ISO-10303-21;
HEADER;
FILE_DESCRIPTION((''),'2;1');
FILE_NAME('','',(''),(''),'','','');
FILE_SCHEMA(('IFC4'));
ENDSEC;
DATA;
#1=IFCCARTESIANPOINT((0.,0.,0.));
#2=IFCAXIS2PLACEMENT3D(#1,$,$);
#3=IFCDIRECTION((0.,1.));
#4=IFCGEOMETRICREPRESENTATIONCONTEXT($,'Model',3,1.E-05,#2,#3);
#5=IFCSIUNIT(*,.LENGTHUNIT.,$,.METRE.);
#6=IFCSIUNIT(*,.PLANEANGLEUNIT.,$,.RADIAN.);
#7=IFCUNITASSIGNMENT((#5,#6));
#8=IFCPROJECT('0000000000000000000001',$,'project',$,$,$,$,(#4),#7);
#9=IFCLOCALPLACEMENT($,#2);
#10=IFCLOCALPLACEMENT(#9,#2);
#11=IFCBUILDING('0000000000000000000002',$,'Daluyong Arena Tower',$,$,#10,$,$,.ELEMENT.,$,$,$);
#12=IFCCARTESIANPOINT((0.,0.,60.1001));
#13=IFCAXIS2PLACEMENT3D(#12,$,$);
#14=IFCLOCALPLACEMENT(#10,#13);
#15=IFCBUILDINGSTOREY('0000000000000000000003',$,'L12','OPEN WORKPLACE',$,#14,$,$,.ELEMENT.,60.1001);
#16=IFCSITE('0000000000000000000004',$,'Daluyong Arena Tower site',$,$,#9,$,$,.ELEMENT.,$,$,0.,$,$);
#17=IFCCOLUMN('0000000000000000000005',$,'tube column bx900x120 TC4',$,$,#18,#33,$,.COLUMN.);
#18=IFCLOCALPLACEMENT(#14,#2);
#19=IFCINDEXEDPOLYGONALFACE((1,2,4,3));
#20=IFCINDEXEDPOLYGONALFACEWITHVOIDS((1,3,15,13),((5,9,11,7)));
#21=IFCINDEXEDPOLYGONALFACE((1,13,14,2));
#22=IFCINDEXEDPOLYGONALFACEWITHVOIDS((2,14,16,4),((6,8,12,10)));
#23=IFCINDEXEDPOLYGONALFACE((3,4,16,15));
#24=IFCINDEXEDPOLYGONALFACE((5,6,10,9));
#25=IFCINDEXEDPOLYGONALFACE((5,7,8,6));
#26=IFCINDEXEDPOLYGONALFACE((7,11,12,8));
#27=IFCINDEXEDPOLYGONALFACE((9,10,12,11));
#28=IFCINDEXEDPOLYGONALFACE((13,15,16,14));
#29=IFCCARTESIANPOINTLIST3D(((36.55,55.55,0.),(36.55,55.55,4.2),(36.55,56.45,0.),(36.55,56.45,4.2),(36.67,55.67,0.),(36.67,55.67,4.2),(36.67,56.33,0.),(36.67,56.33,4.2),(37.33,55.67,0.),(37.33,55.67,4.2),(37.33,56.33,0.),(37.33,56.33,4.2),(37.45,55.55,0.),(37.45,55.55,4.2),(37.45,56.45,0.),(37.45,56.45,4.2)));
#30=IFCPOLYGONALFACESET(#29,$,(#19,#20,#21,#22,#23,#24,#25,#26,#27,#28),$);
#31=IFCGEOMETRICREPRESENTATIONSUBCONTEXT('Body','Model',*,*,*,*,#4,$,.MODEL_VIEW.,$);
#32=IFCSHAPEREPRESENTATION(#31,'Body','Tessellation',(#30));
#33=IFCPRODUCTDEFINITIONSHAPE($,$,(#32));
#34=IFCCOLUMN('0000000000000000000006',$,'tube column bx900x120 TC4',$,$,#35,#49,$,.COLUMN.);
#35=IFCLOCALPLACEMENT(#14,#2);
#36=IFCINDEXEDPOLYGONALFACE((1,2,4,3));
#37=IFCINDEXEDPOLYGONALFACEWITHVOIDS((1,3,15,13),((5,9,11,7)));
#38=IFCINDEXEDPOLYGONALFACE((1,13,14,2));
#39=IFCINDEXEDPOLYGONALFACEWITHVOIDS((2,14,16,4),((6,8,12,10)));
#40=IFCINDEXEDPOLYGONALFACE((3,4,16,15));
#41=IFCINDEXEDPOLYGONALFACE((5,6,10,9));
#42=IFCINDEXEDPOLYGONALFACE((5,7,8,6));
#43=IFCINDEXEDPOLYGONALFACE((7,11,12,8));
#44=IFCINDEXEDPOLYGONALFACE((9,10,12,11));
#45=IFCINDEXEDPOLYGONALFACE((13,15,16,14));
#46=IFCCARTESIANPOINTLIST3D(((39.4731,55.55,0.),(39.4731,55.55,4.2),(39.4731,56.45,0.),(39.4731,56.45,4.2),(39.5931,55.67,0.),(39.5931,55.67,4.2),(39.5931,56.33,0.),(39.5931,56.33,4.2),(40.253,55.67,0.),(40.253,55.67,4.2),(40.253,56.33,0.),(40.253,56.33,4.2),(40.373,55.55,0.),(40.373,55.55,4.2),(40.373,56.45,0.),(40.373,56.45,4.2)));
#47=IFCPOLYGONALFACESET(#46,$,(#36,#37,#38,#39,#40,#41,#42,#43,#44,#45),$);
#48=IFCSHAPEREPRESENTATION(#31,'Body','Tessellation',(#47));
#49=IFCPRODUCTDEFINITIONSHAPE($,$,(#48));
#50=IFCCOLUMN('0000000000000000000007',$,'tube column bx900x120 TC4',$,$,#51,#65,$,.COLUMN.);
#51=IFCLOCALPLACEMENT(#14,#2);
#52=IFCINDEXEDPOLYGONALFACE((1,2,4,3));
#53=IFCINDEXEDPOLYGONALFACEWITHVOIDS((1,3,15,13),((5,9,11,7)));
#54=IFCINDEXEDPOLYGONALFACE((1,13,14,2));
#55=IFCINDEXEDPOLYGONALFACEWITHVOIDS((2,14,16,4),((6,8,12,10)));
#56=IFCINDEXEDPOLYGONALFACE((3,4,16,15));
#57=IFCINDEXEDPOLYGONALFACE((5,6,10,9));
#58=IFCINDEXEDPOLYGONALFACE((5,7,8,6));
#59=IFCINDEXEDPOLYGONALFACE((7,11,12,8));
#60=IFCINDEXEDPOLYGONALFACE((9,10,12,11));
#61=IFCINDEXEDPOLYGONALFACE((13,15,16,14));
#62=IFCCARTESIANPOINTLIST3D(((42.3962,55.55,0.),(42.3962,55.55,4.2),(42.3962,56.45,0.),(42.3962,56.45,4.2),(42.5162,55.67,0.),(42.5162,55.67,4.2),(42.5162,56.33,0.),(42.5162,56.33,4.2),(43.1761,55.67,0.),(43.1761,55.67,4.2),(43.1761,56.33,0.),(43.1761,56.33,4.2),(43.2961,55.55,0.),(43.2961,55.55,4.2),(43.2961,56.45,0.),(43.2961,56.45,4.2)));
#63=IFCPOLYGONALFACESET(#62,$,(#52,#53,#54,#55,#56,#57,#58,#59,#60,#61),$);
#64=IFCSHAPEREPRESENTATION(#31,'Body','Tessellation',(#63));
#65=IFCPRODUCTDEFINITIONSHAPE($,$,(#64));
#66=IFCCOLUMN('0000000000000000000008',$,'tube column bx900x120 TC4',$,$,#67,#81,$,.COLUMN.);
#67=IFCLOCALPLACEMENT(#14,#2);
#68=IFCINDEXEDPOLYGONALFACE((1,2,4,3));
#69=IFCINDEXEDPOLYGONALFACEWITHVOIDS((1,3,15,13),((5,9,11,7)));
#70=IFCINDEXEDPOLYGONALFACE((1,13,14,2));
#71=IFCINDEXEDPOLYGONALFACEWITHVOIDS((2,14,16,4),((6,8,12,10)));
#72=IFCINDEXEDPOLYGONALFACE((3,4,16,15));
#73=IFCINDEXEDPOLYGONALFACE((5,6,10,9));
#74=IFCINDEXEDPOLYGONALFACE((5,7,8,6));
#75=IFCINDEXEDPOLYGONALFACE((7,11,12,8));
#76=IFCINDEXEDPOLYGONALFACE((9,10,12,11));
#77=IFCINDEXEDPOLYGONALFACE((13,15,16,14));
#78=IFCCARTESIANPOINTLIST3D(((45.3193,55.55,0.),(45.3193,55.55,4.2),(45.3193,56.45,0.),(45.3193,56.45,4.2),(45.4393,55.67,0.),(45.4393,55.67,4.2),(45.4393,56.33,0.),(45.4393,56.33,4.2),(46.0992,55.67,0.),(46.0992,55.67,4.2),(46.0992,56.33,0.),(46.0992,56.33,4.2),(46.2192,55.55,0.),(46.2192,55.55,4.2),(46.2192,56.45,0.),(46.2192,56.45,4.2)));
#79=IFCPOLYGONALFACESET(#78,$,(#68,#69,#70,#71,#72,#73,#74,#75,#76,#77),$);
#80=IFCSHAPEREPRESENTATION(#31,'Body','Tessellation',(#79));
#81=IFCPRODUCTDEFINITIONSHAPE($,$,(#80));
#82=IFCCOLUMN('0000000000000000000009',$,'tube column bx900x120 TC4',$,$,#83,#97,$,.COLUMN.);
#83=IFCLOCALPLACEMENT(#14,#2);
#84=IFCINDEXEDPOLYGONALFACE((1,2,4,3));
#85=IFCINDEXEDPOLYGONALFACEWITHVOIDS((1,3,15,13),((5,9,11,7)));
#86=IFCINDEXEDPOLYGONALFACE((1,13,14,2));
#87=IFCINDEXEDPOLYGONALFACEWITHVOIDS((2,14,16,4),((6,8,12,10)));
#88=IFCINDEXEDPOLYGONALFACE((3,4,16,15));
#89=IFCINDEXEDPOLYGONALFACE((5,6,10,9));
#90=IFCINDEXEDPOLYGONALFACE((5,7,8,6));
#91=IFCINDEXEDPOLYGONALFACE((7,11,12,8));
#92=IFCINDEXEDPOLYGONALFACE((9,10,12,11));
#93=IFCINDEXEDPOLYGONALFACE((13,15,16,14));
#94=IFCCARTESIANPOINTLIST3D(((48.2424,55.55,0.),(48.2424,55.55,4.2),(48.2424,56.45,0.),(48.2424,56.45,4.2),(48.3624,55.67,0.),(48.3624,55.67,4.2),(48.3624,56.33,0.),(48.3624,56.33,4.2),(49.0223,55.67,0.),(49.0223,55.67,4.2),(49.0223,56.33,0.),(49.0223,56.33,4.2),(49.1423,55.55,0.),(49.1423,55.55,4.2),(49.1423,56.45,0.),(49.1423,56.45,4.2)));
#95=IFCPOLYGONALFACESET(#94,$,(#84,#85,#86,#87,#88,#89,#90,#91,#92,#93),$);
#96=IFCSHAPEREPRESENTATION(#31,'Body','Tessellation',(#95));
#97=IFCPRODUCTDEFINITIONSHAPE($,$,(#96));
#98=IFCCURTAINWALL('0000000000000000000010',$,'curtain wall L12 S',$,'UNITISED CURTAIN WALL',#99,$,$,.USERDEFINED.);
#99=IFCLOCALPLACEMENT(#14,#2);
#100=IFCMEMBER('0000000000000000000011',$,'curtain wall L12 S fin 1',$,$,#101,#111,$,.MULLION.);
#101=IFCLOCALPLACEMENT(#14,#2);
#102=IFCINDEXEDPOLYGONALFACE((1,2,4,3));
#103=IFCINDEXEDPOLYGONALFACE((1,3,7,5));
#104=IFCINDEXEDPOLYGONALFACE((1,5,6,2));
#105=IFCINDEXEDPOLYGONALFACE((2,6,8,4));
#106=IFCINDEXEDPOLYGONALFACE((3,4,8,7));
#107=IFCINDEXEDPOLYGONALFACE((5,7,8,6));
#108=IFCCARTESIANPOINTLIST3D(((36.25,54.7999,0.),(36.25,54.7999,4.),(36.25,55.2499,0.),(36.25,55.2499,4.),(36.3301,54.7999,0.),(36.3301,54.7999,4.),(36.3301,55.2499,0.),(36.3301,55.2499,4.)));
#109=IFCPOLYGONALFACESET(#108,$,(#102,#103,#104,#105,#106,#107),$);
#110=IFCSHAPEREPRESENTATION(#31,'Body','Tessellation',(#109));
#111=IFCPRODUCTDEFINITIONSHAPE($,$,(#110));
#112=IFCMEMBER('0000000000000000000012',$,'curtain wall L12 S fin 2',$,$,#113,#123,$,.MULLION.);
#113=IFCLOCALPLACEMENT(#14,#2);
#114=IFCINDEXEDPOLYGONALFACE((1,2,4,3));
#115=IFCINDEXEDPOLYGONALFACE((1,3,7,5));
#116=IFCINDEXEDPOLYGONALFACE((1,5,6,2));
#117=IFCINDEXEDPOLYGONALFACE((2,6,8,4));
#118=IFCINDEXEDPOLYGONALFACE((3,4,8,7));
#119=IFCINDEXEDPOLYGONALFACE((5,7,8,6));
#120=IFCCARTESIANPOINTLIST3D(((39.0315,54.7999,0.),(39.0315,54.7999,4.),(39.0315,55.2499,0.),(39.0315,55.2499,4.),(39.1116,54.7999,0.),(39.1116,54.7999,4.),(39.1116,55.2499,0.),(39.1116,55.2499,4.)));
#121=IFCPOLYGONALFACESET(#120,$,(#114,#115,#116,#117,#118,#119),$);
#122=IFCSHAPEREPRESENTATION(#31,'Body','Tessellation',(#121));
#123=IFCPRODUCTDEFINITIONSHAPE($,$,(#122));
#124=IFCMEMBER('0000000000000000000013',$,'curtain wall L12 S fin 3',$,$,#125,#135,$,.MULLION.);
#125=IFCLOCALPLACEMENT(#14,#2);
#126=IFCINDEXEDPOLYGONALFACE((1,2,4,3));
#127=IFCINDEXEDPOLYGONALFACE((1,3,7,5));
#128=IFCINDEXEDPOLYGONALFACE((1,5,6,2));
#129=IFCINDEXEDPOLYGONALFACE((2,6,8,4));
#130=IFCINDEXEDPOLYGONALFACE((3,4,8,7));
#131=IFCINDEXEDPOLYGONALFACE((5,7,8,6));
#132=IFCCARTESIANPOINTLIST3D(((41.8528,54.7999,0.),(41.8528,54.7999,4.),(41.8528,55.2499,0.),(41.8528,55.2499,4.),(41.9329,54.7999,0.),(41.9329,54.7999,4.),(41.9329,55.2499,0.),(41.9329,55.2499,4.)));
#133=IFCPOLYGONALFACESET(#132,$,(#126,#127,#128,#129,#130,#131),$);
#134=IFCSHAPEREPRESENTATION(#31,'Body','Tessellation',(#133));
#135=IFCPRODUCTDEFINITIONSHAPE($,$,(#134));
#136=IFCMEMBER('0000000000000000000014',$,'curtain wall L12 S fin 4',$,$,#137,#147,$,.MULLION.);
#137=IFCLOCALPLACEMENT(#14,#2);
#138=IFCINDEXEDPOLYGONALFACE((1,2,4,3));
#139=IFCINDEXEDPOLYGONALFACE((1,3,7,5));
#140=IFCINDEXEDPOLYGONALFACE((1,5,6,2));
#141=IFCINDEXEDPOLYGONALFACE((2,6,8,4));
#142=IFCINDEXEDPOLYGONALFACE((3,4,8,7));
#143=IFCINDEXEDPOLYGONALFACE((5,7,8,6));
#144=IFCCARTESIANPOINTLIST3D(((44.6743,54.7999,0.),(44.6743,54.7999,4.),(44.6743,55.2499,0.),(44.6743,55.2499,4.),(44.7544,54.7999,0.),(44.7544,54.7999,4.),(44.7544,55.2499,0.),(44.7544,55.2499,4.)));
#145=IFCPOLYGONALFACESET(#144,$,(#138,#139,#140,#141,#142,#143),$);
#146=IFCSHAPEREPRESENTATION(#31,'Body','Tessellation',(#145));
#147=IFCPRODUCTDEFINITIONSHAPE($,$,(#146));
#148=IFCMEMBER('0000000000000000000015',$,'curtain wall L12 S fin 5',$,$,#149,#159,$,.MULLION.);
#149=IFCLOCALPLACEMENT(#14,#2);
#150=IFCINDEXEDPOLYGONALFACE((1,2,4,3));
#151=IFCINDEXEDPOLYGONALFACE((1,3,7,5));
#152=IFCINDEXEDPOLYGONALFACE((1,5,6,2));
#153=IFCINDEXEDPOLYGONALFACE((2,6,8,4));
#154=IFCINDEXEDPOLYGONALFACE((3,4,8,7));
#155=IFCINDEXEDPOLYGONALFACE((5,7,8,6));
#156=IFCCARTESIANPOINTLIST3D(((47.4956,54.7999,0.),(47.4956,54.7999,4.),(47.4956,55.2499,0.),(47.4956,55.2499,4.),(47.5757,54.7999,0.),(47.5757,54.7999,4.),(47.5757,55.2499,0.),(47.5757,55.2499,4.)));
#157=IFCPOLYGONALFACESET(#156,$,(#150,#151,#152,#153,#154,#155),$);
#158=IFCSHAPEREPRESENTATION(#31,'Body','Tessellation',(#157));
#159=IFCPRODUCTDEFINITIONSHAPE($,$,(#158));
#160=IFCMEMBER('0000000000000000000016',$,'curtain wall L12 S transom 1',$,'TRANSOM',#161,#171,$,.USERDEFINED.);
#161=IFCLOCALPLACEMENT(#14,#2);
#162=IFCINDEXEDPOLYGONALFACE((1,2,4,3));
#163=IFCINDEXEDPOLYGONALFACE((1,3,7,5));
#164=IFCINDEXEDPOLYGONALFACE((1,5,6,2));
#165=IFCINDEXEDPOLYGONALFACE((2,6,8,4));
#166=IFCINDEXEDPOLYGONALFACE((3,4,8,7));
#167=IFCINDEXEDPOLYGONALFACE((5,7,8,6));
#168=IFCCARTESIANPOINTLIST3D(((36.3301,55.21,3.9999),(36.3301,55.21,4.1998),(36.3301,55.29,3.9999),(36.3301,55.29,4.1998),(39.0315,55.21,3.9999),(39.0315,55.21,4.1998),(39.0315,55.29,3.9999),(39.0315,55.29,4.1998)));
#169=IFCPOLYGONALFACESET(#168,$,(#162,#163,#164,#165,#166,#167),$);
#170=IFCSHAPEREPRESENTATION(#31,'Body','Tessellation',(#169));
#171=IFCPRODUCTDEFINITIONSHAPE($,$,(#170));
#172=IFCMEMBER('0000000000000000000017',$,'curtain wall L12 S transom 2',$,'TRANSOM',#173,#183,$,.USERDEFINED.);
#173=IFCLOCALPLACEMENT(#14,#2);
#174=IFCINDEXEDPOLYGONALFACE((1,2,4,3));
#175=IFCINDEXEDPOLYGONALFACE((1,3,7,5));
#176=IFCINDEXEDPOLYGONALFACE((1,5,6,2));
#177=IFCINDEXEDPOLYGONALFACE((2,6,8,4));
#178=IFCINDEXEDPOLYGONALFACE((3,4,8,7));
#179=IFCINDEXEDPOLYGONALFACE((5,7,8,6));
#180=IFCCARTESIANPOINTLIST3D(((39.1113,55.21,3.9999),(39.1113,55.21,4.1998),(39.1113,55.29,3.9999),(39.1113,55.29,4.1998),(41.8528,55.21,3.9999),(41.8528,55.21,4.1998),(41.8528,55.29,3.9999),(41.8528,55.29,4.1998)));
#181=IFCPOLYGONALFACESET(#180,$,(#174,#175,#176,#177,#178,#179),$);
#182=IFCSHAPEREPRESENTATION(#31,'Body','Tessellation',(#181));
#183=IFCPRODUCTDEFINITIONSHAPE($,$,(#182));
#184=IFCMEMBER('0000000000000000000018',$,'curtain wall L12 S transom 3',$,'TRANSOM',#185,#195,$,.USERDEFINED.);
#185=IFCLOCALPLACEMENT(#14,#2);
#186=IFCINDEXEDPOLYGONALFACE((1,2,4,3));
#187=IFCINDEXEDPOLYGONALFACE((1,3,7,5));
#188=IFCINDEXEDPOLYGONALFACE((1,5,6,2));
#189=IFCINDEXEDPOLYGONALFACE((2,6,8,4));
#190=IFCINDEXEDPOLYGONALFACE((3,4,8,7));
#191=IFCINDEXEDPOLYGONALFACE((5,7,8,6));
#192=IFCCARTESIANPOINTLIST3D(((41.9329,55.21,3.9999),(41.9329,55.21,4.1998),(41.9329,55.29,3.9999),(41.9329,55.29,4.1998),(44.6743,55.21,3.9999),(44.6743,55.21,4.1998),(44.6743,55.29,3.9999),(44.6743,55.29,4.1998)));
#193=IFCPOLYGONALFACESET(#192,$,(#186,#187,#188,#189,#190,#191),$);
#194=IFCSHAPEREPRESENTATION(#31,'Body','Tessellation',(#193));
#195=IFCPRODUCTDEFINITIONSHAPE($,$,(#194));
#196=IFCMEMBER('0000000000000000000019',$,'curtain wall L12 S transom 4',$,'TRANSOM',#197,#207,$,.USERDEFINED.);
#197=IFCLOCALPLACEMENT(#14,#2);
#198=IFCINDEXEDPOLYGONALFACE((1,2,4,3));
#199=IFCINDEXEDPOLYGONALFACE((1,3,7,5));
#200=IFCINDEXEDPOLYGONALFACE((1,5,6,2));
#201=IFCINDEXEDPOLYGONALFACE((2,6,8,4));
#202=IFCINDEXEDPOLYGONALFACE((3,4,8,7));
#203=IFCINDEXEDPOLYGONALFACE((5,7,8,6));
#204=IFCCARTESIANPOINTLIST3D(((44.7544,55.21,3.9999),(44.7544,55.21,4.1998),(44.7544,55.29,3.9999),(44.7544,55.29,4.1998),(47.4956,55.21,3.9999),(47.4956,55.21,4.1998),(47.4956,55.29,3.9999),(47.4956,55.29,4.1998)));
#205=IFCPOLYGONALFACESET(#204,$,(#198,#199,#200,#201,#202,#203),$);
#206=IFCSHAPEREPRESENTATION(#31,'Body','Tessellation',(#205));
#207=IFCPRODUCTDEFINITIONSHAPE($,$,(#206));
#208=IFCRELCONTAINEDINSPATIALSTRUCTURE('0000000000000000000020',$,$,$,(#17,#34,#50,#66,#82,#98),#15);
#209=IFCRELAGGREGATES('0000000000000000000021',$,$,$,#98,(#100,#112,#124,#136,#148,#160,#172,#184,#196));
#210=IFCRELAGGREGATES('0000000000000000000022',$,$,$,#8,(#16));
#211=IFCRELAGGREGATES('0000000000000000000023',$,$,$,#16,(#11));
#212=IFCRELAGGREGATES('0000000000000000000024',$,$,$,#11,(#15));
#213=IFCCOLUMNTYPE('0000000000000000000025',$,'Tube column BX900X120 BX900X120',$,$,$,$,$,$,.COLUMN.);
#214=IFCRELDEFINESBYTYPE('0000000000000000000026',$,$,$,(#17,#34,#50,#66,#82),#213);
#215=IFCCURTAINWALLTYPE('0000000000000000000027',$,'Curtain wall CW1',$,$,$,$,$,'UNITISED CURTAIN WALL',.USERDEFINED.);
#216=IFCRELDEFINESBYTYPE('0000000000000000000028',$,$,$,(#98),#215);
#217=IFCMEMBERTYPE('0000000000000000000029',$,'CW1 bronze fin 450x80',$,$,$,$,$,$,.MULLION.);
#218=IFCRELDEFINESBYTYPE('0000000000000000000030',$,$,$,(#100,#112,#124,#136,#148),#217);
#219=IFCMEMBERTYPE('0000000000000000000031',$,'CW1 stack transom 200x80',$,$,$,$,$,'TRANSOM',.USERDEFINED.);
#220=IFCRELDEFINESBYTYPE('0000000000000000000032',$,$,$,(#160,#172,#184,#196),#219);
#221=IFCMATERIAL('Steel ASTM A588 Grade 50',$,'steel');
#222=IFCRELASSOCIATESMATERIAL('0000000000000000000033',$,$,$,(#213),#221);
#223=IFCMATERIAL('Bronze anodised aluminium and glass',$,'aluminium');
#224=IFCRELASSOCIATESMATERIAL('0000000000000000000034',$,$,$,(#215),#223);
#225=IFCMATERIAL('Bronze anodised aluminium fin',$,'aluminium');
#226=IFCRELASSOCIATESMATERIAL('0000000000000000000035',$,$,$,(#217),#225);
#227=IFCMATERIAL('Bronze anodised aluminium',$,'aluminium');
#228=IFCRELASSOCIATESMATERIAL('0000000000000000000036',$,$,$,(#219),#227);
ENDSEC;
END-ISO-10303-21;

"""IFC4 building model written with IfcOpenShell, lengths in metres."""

from ifc_helpers import new_model, si_unit, direction, frame, origin, origin_2d, place, context, subcontext, project, spatial, rectangle, hollow_rectangle, extrude, material, material_profile, profile_set, type_object, element, aggregate, save


model = new_model("IFC4")

# Units and contexts
model_context = context("Model", 3, precision=1e-05, world=origin(), true_north=direction((0.0, 1.0)))
body_context = subcontext(model_context, "Body", "Model", "MODEL_VIEW")
ifc_project = project(units=[si_unit("LENGTHUNIT", "METRE"), si_unit("PLANEANGLEUNIT", "RADIAN")], contexts=[model_context])

# Site, building, storey
site_placement = place(None, origin())
site = spatial("IfcSite", under=ifc_project, at=site_placement, Name="Daluyong Arena Tower site", CompositionType="ELEMENT", RefElevation=0.0)
building_placement = place(site_placement, origin())
building = spatial("IfcBuilding", under=site, at=building_placement, Name="Daluyong Arena Tower", CompositionType="ELEMENT")
storey_placement = place(building_placement, frame((0.0, 0.0, 60.1001)))
storey = spatial("IfcBuildingStorey", under=building, at=storey_placement, Name="L12", Description="OPEN WORKPLACE", CompositionType="ELEMENT", Elevation=60.1001)

# Columns
ifc_material_1 = material(Name="Steel ASTM A588 Grade 50", Category="steel")
ifc_material_profile_1 = material_profile(ifc_material_1, hollow_rectangle(XDim=0.8999, YDim=0.8999, WallThickness=0.12, at=origin_2d()))
ifc_profile_set_1 = profile_set([ifc_material_profile_1], Name="Steel ASTM A588 Grade 50")
column_type = type_object("IfcColumnType", Name="Tube column BX900X120 BX900X120", PredefinedType="COLUMN", material=ifc_profile_set_1)
for number, where, z_axis, x_axis, name in (
    (1, (37.0, 56.0, 0.0), (0.0, 0.0, 1.0), (1.0, 0.0, 0.0), "tube column bx900x120 TC4"),
    (2, (39.9231, 56.0, 0.0), (0.0, 0.0, 1.0), (1.0, 0.0, 0.0), "tube column bx900x120 TC4"),
    (3, (42.8462, 56.0, 0.0), (0.0, 0.0, 1.0), (1.0, 0.0, 0.0), "tube column bx900x120 TC4"),
    (4, (45.7693, 56.0, 0.0), (0.0, 0.0, 1.0), (1.0, 0.0, 0.0), "tube column bx900x120 TC4"),
    (5, (48.6924, 56.0, 0.0), (0.0, 0.0, 1.0), (1.0, 0.0, 0.0), "tube column bx900x120 TC4"),
):
    element("IfcColumn", number, at=place(storey_placement, frame(where, z_axis=z_axis, x_axis=x_axis)), inside=storey, type_object=column_type, Name=name, PredefinedType="COLUMN", context=body_context, shape_type="SweptSolid", body=[
        extrude(hollow_rectangle(XDim=0.8999, YDim=0.8999, WallThickness=0.12, at=origin_2d()), origin(), (0.0, 0.0, 1.0), 4.2),
    ])

# Curtain wall, members
ifc_material_2 = material(Name="Bronze anodised aluminium and glass", Category="aluminium")
curtain_wall_type_1 = type_object("IfcCurtainWallType", Name="Curtain wall CW1", ElementType="UNITISED CURTAIN WALL", PredefinedType="USERDEFINED", material=ifc_material_2)
curtain_wall_1_placement = place(storey_placement, origin())
curtain_wall_1 = element("IfcCurtainWall", 6, at=curtain_wall_1_placement, inside=storey, type_object=curtain_wall_type_1, Name="curtain wall L12 S", ObjectType="UNITISED CURTAIN WALL", PredefinedType="USERDEFINED")
ifc_material_3 = material(Name="Bronze anodised aluminium fin", Category="aluminium")
ifc_material_profile_2 = material_profile(ifc_material_3, rectangle(XDim=0.45, YDim=0.0801, at=origin_2d()))
ifc_profile_set_2 = profile_set([ifc_material_profile_2], Name="Bronze anodised aluminium fin")
member_type_1 = type_object("IfcMemberType", Name="CW1 bronze fin 450x80", PredefinedType="MULLION", material=ifc_profile_set_2)
member_1_placement = place(storey_placement, frame((36.29, 55.0249, 0.0), z_axis=(0.0, 0.0, 1.0), x_axis=(0.0, 1.0, 0.0)))
member_1 = element("IfcMember", 7, at=member_1_placement, type_object=member_type_1, Name="curtain wall L12 S fin 1", PredefinedType="MULLION", context=body_context, shape_type="SweptSolid", body=[
    extrude(rectangle(XDim=0.45, YDim=0.0801, at=origin_2d()), origin(), (0.0, 0.0, 1.0), 4.0),
])
member_2_placement = place(storey_placement, frame((39.0715, 55.0249, 0.0), z_axis=(0.0, 0.0, 1.0), x_axis=(0.0, 1.0, 0.0)))
member_2 = element("IfcMember", 8, at=member_2_placement, type_object=member_type_1, Name="curtain wall L12 S fin 2", PredefinedType="MULLION", context=body_context, shape_type="SweptSolid", body=[
    extrude(rectangle(XDim=0.45, YDim=0.0801, at=origin_2d()), origin(), (0.0, 0.0, 1.0), 4.0),
])
member_3_placement = place(storey_placement, frame((41.8928, 55.0249, 0.0), z_axis=(0.0, 0.0, 1.0), x_axis=(0.0, 1.0, 0.0)))
member_3 = element("IfcMember", 9, at=member_3_placement, type_object=member_type_1, Name="curtain wall L12 S fin 3", PredefinedType="MULLION", context=body_context, shape_type="SweptSolid", body=[
    extrude(rectangle(XDim=0.45, YDim=0.0801, at=origin_2d()), origin(), (0.0, 0.0, 1.0), 4.0),
])
member_4_placement = place(storey_placement, frame((44.7144, 55.0249, 0.0), z_axis=(0.0, 0.0, 1.0), x_axis=(0.0, 1.0, 0.0)))
member_4 = element("IfcMember", 10, at=member_4_placement, type_object=member_type_1, Name="curtain wall L12 S fin 4", PredefinedType="MULLION", context=body_context, shape_type="SweptSolid", body=[
    extrude(rectangle(XDim=0.45, YDim=0.0801, at=origin_2d()), origin(), (0.0, 0.0, 1.0), 4.0),
])
member_5_placement = place(storey_placement, frame((47.5356, 55.0249, 0.0), z_axis=(0.0, 0.0, 1.0), x_axis=(0.0, 1.0, 0.0)))
member_5 = element("IfcMember", 11, at=member_5_placement, type_object=member_type_1, Name="curtain wall L12 S fin 5", PredefinedType="MULLION", context=body_context, shape_type="SweptSolid", body=[
    extrude(rectangle(XDim=0.45, YDim=0.0801, at=origin_2d()), origin(), (0.0, 0.0, 1.0), 4.0),
])
ifc_material_4 = material(Name="Bronze anodised aluminium", Category="aluminium")
ifc_material_profile_3 = material_profile(ifc_material_4, rectangle(XDim=0.0801, YDim=0.2, at=origin_2d()))
ifc_profile_set_3 = profile_set([ifc_material_profile_3], Name="Bronze anodised aluminium")
member_type_2 = type_object("IfcMemberType", Name="CW1 stack transom 200x80", ElementType="TRANSOM", PredefinedType="USERDEFINED", material=ifc_profile_set_3)
member_6_placement = place(storey_placement, frame((36.3301, 55.25, 4.0999), z_axis=(1.0, 0.0, 0.0), x_axis=(0.0, 1.0, 0.0)))
member_6 = element("IfcMember", 12, at=member_6_placement, type_object=member_type_2, Name="curtain wall L12 S transom 1", ObjectType="TRANSOM", PredefinedType="USERDEFINED", context=body_context, shape_type="SweptSolid", body=[
    extrude(rectangle(XDim=0.0801, YDim=0.2, at=origin_2d()), origin(), (0.0, 0.0, 1.0), 2.7014),
])
member_7_placement = place(storey_placement, frame((39.1113, 55.25, 4.0999), z_axis=(1.0, 0.0, 0.0), x_axis=(0.0, 1.0, 0.0)))
member_7 = element("IfcMember", 13, at=member_7_placement, type_object=member_type_2, Name="curtain wall L12 S transom 2", ObjectType="TRANSOM", PredefinedType="USERDEFINED", context=body_context, shape_type="SweptSolid", body=[
    extrude(rectangle(XDim=0.0801, YDim=0.2, at=origin_2d()), origin(), (0.0, 0.0, 1.0), 2.7415),
])
member_8_placement = place(storey_placement, frame((41.9329, 55.25, 4.0999), z_axis=(1.0, 0.0, 0.0), x_axis=(0.0, 1.0, 0.0)))
member_8 = element("IfcMember", 14, at=member_8_placement, type_object=member_type_2, Name="curtain wall L12 S transom 3", ObjectType="TRANSOM", PredefinedType="USERDEFINED", context=body_context, shape_type="SweptSolid", body=[
    extrude(rectangle(XDim=0.0801, YDim=0.2, at=origin_2d()), origin(), (0.0, 0.0, 1.0), 2.7415),
])
member_9_placement = place(storey_placement, frame((44.7544, 55.25, 4.0999), z_axis=(1.0, 0.0, 0.0), x_axis=(0.0, 1.0, 0.0)))
member_9 = element("IfcMember", 15, at=member_9_placement, type_object=member_type_2, Name="curtain wall L12 S transom 4", ObjectType="TRANSOM", PredefinedType="USERDEFINED", context=body_context, shape_type="SweptSolid", body=[
    extrude(rectangle(XDim=0.0801, YDim=0.2, at=origin_2d()), origin(), (0.0, 0.0, 1.0), 2.7412),
])

aggregate(curtain_wall_1, [member_1, member_2, member_3, member_4, member_5, member_6, member_7, member_8, member_9])

save(model, "model.ifc")
